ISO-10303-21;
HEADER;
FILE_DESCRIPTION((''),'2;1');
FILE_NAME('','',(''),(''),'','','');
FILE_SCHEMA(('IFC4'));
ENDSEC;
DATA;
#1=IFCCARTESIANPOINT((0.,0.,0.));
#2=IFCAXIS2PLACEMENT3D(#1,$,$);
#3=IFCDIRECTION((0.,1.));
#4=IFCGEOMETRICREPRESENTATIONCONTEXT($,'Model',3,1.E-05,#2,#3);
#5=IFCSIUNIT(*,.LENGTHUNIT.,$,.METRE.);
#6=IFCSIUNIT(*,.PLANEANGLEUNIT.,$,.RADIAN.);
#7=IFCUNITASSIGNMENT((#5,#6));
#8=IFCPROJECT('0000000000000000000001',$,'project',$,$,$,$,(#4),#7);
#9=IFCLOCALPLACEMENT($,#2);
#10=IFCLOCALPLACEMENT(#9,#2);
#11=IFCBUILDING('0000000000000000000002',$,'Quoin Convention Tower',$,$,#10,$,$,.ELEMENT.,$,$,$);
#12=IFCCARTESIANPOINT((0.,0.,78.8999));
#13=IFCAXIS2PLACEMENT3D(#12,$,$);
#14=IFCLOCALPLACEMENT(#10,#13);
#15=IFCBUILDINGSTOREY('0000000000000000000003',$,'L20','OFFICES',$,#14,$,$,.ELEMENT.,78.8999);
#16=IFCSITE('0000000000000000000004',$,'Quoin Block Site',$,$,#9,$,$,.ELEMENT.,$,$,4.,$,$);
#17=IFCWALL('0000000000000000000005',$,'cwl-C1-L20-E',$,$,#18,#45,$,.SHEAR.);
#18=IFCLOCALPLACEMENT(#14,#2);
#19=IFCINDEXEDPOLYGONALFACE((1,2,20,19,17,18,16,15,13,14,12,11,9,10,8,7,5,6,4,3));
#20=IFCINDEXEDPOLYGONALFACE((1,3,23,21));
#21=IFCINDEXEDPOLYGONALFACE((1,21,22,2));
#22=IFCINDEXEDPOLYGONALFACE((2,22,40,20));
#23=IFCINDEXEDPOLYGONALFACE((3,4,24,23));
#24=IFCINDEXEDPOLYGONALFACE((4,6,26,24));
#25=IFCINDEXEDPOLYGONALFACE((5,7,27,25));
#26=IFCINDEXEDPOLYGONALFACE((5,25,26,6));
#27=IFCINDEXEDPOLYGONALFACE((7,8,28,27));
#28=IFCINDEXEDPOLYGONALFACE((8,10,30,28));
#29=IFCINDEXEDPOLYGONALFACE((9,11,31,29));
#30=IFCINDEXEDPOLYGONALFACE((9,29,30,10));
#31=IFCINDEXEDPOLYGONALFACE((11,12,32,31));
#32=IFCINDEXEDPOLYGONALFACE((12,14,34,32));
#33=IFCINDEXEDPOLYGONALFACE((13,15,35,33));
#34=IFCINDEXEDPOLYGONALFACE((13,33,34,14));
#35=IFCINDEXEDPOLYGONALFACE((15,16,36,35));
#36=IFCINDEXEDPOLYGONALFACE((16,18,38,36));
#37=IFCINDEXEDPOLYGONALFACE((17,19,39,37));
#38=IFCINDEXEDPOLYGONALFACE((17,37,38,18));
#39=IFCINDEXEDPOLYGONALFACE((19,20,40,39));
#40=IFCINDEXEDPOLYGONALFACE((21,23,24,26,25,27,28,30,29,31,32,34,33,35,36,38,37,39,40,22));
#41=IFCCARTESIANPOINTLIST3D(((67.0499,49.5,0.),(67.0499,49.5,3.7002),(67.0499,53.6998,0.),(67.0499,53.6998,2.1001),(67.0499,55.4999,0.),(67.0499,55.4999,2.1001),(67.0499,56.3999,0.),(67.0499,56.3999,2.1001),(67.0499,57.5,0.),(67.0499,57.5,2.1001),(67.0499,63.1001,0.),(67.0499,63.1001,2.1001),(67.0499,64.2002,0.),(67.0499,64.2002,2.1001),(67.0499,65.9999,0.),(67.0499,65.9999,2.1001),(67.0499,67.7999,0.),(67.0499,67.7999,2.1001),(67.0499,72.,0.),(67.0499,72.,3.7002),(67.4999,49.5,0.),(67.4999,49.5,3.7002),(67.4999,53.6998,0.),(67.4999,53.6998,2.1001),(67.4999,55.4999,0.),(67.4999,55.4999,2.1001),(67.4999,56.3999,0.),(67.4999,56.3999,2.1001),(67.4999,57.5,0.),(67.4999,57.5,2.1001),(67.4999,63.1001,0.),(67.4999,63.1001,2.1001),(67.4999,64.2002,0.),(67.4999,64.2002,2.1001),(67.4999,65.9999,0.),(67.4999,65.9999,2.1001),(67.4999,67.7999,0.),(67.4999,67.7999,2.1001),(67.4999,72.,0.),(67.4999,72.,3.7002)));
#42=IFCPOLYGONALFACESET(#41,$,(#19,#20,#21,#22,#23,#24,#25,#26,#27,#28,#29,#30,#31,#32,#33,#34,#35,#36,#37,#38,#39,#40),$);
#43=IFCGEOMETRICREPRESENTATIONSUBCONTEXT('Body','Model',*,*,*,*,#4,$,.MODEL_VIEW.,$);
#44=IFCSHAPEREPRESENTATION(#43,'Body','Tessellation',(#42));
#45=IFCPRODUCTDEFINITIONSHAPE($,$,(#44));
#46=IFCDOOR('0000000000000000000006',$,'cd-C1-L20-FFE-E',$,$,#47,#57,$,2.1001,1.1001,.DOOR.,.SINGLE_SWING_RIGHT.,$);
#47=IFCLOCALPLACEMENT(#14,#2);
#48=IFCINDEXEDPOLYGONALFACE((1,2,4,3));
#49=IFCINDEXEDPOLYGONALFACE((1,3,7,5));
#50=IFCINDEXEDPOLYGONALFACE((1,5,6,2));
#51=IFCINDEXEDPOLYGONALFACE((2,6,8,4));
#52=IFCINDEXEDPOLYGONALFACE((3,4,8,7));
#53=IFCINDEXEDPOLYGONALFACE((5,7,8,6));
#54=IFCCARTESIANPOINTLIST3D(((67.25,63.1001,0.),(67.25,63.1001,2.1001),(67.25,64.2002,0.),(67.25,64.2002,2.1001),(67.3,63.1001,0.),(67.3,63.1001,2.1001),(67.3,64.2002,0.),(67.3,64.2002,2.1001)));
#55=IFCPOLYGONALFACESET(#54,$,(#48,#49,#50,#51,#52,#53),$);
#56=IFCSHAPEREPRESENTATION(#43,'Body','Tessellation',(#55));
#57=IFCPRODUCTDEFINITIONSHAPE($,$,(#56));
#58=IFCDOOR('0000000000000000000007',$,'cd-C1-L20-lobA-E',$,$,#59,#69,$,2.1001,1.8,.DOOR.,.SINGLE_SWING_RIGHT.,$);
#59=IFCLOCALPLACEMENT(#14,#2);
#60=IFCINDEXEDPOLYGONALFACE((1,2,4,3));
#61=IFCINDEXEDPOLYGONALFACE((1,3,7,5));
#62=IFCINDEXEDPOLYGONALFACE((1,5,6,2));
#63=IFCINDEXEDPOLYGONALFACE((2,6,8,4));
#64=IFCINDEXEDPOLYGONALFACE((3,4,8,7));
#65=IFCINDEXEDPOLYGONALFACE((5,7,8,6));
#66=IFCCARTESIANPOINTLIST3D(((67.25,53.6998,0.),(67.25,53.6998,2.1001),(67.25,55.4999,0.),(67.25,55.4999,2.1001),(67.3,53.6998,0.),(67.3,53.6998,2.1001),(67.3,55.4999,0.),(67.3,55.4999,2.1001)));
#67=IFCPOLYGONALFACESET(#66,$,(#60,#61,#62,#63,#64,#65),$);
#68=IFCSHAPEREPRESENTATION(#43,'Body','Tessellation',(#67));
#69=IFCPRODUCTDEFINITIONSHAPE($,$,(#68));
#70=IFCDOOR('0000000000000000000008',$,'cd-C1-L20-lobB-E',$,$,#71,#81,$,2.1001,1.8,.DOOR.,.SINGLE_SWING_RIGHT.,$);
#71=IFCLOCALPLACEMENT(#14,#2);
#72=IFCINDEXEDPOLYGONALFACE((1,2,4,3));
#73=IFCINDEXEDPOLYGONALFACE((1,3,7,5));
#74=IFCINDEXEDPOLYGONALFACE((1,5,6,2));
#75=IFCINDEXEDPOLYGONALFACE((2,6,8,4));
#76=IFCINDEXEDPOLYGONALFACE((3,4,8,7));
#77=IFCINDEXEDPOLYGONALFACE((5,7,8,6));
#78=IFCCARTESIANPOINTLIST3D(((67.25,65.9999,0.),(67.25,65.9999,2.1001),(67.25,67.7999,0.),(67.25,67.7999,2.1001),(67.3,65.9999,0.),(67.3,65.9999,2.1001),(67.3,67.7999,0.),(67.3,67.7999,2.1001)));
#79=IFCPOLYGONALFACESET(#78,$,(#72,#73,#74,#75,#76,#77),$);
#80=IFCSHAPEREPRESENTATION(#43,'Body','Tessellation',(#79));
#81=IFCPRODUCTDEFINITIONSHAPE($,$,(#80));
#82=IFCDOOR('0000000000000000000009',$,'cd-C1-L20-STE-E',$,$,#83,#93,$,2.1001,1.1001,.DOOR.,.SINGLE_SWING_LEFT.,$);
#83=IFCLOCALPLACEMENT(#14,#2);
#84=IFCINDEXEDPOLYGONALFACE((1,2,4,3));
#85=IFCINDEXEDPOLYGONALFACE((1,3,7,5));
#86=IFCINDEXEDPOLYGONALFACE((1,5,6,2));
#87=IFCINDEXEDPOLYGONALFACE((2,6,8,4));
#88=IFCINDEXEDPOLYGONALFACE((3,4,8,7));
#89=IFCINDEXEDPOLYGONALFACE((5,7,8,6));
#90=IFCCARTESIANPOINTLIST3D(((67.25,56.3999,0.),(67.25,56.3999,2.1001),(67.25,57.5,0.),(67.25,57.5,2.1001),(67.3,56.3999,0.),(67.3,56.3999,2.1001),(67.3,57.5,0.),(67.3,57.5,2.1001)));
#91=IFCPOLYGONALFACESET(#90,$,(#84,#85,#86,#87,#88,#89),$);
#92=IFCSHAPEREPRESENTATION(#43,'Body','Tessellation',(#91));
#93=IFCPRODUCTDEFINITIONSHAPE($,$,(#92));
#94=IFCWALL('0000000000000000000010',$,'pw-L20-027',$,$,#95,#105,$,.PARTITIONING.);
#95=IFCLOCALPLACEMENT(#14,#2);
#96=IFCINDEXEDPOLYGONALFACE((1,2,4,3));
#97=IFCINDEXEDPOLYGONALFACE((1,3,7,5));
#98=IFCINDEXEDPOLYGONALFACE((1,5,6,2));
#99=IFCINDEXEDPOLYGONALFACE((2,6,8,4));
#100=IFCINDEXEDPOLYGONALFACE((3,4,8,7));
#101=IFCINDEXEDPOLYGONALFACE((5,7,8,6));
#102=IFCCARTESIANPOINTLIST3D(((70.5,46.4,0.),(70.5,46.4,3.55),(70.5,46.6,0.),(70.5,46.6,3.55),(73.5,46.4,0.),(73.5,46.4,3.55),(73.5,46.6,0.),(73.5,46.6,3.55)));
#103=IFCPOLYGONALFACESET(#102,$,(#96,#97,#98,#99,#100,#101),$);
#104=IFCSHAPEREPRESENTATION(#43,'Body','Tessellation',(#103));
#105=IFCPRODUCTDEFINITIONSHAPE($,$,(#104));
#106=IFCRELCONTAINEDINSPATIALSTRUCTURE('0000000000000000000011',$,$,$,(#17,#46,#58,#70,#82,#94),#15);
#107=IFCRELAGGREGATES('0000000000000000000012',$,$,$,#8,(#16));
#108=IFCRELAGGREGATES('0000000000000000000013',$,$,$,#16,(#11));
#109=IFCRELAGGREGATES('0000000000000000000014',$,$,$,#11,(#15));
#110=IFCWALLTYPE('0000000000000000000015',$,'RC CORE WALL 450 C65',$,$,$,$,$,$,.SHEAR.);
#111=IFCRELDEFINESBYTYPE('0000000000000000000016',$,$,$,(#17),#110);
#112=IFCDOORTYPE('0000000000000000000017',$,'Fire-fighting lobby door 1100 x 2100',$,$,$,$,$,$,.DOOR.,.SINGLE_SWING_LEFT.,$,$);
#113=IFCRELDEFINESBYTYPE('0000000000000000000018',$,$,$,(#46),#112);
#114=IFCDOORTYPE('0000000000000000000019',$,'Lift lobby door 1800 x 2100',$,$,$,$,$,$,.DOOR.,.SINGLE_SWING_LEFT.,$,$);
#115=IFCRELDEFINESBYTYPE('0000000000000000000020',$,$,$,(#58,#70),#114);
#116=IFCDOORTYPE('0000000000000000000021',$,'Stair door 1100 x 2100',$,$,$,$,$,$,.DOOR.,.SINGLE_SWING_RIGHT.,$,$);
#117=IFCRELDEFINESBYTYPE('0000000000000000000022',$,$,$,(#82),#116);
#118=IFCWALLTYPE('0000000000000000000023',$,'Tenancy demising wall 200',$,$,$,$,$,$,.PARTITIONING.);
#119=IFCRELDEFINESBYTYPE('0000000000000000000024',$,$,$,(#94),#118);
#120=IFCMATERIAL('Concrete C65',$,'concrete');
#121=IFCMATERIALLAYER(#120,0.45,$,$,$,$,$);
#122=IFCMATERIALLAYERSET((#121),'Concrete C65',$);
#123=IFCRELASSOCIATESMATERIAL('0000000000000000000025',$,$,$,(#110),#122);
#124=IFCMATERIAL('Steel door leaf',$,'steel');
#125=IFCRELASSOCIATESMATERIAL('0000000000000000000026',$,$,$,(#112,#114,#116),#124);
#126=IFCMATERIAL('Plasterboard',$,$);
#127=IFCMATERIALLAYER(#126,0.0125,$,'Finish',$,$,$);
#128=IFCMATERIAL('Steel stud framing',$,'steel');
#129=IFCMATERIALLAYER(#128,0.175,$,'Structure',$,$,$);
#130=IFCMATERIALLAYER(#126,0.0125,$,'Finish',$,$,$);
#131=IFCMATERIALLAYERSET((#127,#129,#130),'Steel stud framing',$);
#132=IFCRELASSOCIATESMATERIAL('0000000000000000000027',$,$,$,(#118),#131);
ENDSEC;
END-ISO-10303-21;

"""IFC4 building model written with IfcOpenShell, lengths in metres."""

from ifc_helpers import new_model, si_unit, direction, frame, frame_2d, origin, place, context, subcontext, project, spatial, rectangle, extrude, material, layer, layer_set, type_object, element, fill, save


model = new_model("IFC4")

# Units and contexts
model_context = context("Model", 3, precision=1e-05, world=origin(), true_north=direction((0.0, 1.0)))
body_context = subcontext(model_context, "Body", "Model", "MODEL_VIEW")
ifc_project = project(units=[si_unit("LENGTHUNIT", "METRE"), si_unit("PLANEANGLEUNIT", "RADIAN")], contexts=[model_context])

# Site, building, storey
site_placement = place(None, origin())
site = spatial("IfcSite", under=ifc_project, at=site_placement, Name="Quoin Block Site", CompositionType="ELEMENT", RefElevation=4.0)
building_placement = place(site_placement, origin())
building = spatial("IfcBuilding", under=site, at=building_placement, Name="Quoin Convention Tower", CompositionType="ELEMENT")
storey_placement = place(building_placement, frame((0.0, 0.0, 78.8999)))
storey = spatial("IfcBuildingStorey", under=building, at=storey_placement, Name="L20", Description="OFFICES", CompositionType="ELEMENT", Elevation=78.8999)

# Shared definitions
ifc_material_1 = material(Name="Concrete C65", Category="concrete")

# Shared definitions
ifc_material_2 = material(Name="Plasterboard")
ifc_material_3 = material(Name="Steel stud framing", Category="steel")

# Shared definitions
ifc_material_4 = material(Name="Steel door leaf", Category="steel")

# Wall, openings, doors
ifc_layer_1 = layer(ifc_material_1, 0.45)
ifc_layer_set_1 = layer_set([ifc_layer_1], Name="Concrete C65")
wall_type_1 = type_object("IfcWallType", Name="RC CORE WALL 450 C65", PredefinedType="SHEAR", material=ifc_layer_set_1)
wall_1_placement = place(storey_placement, frame((67.2749, 49.5, 0.0), z_axis=(0.0, 0.0, 1.0), x_axis=(0.0, 1.0, 0.0)))
wall_1 = element("IfcWall", 1, at=wall_1_placement, inside=storey, type_object=wall_type_1, Name="cwl-C1-L20-E", PredefinedType="SHEAR", context=body_context, shape_type="SweptSolid", body=[
    extrude(rectangle(XDim=22.5, YDim=0.45, at=frame_2d((11.25, 0.0))), origin(), (0.0, 0.0, 1.0), 3.7002),
])
opening_1_placement = place(wall_1_placement, frame((4.2, 0.0, 0.0)))
opening_1 = element("IfcOpeningElement", 2, at=opening_1_placement, cuts=wall_1, PredefinedType="OPENING", context=body_context, shape_type="SweptSolid", body=[
    extrude(rectangle(XDim=1.8, YDim=2.1001, at=frame_2d((0.8999, 1.05))), frame((0.0, 0.2349, 0.0), z_axis=(0.0, -1.0, 0.0), x_axis=(1.0, 0.0, 0.0)), (0.0, 0.0, 1.0), 0.47),
])
opening_2_placement = place(wall_1_placement, frame((6.8999, 0.0, 0.0)))
opening_2 = element("IfcOpeningElement", 3, at=opening_2_placement, cuts=wall_1, PredefinedType="OPENING", context=body_context, shape_type="SweptSolid", body=[
    extrude(rectangle(XDim=1.1001, YDim=2.1001, at=frame_2d((0.55, 1.05))), frame((0.0, 0.2349, 0.0), z_axis=(0.0, -1.0, 0.0), x_axis=(1.0, 0.0, 0.0)), (0.0, 0.0, 1.0), 0.47),
])
opening_3_placement = place(wall_1_placement, frame((13.6001, 0.0, 0.0)))
opening_3 = element("IfcOpeningElement", 4, at=opening_3_placement, cuts=wall_1, PredefinedType="OPENING", context=body_context, shape_type="SweptSolid", body=[
    extrude(rectangle(XDim=1.1001, YDim=2.1001, at=frame_2d((0.55, 1.05))), frame((0.0, 0.2349, 0.0), z_axis=(0.0, -1.0, 0.0), x_axis=(1.0, 0.0, 0.0)), (0.0, 0.0, 1.0), 0.47),
])
opening_4_placement = place(wall_1_placement, frame((16.5, 0.0, 0.0)))
opening_4 = element("IfcOpeningElement", 5, at=opening_4_placement, cuts=wall_1, PredefinedType="OPENING", context=body_context, shape_type="SweptSolid", body=[
    extrude(rectangle(XDim=1.8, YDim=2.1001, at=frame_2d((0.8999, 1.05))), frame((0.0, 0.2349, 0.0), z_axis=(0.0, -1.0, 0.0), x_axis=(1.0, 0.0, 0.0)), (0.0, 0.0, 1.0), 0.47),
])
door_type_1 = type_object("IfcDoorType", Name="Fire-fighting lobby door 1100 x 2100", OperationType="SINGLE_SWING_LEFT", PredefinedType="DOOR", material=ifc_material_4)
door_1_placement = place(opening_3_placement, origin())
door_1 = element("IfcDoor", 6, at=door_1_placement, inside=storey, type_object=door_type_1, Name="cd-C1-L20-FFE-E", OperationType="SINGLE_SWING_RIGHT", OverallHeight=2.1001, OverallWidth=1.1001, PredefinedType="DOOR", context=body_context, shape_type="SweptSolid", body=[
    extrude(rectangle(XDim=1.1001, YDim=2.1001, at=frame_2d((0.55, 1.05))), frame((0.0, 0.0249, 0.0), z_axis=(0.0, -1.0, 0.0), x_axis=(1.0, 0.0, 0.0)), (0.0, 0.0, 1.0), 0.05),
])
fill(opening_3, door_1)
door_type_2 = type_object("IfcDoorType", Name="Lift lobby door 1800 x 2100", OperationType="SINGLE_SWING_LEFT", PredefinedType="DOOR", material=ifc_material_4)
door_2_placement = place(opening_1_placement, origin())
door_2 = element("IfcDoor", 7, at=door_2_placement, inside=storey, type_object=door_type_2, Name="cd-C1-L20-lobA-E", OperationType="SINGLE_SWING_RIGHT", OverallHeight=2.1001, OverallWidth=1.8, PredefinedType="DOOR", context=body_context, shape_type="SweptSolid", body=[
    extrude(rectangle(XDim=1.8, YDim=2.1001, at=frame_2d((0.8999, 1.05))), frame((0.0, 0.0249, 0.0), z_axis=(0.0, -1.0, 0.0), x_axis=(1.0, 0.0, 0.0)), (0.0, 0.0, 1.0), 0.05),
])
fill(opening_1, door_2)
door_3_placement = place(opening_4_placement, origin())
door_3 = element("IfcDoor", 8, at=door_3_placement, inside=storey, type_object=door_type_2, Name="cd-C1-L20-lobB-E", OperationType="SINGLE_SWING_RIGHT", OverallHeight=2.1001, OverallWidth=1.8, PredefinedType="DOOR", context=body_context, shape_type="SweptSolid", body=[
    extrude(rectangle(XDim=1.8, YDim=2.1001, at=frame_2d((0.8999, 1.05))), frame((0.0, 0.0249, 0.0), z_axis=(0.0, -1.0, 0.0), x_axis=(1.0, 0.0, 0.0)), (0.0, 0.0, 1.0), 0.05),
])
fill(opening_4, door_3)
door_type_3 = type_object("IfcDoorType", Name="Stair door 1100 x 2100", OperationType="SINGLE_SWING_RIGHT", PredefinedType="DOOR", material=ifc_material_4)
door_4_placement = place(opening_2_placement, origin())
door_4 = element("IfcDoor", 9, at=door_4_placement, inside=storey, type_object=door_type_3, Name="cd-C1-L20-STE-E", OperationType="SINGLE_SWING_LEFT", OverallHeight=2.1001, OverallWidth=1.1001, PredefinedType="DOOR", context=body_context, shape_type="SweptSolid", body=[
    extrude(rectangle(XDim=1.1001, YDim=2.1001, at=frame_2d((0.55, 1.05))), frame((0.0, 0.0249, 0.0), z_axis=(0.0, -1.0, 0.0), x_axis=(1.0, 0.0, 0.0)), (0.0, 0.0, 1.0), 0.05),
])
fill(opening_2, door_4)

# Wall
ifc_layer_2 = layer(ifc_material_2, 0.0125, Name="Finish")
ifc_layer_3 = layer(ifc_material_3, 0.175, Name="Structure")
ifc_layer_4 = layer(ifc_material_2, 0.0125, Name="Finish")
ifc_layer_set_2 = layer_set([ifc_layer_2, ifc_layer_3, ifc_layer_4], Name="Steel stud framing")
wall_type_2 = type_object("IfcWallType", Name="Tenancy demising wall 200", PredefinedType="PARTITIONING", material=ifc_layer_set_2)
wall_2_placement = place(storey_placement, frame((70.5, 46.5, 0.0), z_axis=(0.0, 0.0, 1.0), x_axis=(1.0, 0.0, 0.0)))
element("IfcWall", 10, at=wall_2_placement, inside=storey, type_object=wall_type_2, Name="pw-L20-027", PredefinedType="PARTITIONING", context=body_context, shape_type="SweptSolid", body=[
    extrude(rectangle(XDim=3.0, YDim=0.2, at=frame_2d((1.5, 0.0))), origin(), (0.0, 0.0, 1.0), 3.55),
])

save(model, "model.ifc")
